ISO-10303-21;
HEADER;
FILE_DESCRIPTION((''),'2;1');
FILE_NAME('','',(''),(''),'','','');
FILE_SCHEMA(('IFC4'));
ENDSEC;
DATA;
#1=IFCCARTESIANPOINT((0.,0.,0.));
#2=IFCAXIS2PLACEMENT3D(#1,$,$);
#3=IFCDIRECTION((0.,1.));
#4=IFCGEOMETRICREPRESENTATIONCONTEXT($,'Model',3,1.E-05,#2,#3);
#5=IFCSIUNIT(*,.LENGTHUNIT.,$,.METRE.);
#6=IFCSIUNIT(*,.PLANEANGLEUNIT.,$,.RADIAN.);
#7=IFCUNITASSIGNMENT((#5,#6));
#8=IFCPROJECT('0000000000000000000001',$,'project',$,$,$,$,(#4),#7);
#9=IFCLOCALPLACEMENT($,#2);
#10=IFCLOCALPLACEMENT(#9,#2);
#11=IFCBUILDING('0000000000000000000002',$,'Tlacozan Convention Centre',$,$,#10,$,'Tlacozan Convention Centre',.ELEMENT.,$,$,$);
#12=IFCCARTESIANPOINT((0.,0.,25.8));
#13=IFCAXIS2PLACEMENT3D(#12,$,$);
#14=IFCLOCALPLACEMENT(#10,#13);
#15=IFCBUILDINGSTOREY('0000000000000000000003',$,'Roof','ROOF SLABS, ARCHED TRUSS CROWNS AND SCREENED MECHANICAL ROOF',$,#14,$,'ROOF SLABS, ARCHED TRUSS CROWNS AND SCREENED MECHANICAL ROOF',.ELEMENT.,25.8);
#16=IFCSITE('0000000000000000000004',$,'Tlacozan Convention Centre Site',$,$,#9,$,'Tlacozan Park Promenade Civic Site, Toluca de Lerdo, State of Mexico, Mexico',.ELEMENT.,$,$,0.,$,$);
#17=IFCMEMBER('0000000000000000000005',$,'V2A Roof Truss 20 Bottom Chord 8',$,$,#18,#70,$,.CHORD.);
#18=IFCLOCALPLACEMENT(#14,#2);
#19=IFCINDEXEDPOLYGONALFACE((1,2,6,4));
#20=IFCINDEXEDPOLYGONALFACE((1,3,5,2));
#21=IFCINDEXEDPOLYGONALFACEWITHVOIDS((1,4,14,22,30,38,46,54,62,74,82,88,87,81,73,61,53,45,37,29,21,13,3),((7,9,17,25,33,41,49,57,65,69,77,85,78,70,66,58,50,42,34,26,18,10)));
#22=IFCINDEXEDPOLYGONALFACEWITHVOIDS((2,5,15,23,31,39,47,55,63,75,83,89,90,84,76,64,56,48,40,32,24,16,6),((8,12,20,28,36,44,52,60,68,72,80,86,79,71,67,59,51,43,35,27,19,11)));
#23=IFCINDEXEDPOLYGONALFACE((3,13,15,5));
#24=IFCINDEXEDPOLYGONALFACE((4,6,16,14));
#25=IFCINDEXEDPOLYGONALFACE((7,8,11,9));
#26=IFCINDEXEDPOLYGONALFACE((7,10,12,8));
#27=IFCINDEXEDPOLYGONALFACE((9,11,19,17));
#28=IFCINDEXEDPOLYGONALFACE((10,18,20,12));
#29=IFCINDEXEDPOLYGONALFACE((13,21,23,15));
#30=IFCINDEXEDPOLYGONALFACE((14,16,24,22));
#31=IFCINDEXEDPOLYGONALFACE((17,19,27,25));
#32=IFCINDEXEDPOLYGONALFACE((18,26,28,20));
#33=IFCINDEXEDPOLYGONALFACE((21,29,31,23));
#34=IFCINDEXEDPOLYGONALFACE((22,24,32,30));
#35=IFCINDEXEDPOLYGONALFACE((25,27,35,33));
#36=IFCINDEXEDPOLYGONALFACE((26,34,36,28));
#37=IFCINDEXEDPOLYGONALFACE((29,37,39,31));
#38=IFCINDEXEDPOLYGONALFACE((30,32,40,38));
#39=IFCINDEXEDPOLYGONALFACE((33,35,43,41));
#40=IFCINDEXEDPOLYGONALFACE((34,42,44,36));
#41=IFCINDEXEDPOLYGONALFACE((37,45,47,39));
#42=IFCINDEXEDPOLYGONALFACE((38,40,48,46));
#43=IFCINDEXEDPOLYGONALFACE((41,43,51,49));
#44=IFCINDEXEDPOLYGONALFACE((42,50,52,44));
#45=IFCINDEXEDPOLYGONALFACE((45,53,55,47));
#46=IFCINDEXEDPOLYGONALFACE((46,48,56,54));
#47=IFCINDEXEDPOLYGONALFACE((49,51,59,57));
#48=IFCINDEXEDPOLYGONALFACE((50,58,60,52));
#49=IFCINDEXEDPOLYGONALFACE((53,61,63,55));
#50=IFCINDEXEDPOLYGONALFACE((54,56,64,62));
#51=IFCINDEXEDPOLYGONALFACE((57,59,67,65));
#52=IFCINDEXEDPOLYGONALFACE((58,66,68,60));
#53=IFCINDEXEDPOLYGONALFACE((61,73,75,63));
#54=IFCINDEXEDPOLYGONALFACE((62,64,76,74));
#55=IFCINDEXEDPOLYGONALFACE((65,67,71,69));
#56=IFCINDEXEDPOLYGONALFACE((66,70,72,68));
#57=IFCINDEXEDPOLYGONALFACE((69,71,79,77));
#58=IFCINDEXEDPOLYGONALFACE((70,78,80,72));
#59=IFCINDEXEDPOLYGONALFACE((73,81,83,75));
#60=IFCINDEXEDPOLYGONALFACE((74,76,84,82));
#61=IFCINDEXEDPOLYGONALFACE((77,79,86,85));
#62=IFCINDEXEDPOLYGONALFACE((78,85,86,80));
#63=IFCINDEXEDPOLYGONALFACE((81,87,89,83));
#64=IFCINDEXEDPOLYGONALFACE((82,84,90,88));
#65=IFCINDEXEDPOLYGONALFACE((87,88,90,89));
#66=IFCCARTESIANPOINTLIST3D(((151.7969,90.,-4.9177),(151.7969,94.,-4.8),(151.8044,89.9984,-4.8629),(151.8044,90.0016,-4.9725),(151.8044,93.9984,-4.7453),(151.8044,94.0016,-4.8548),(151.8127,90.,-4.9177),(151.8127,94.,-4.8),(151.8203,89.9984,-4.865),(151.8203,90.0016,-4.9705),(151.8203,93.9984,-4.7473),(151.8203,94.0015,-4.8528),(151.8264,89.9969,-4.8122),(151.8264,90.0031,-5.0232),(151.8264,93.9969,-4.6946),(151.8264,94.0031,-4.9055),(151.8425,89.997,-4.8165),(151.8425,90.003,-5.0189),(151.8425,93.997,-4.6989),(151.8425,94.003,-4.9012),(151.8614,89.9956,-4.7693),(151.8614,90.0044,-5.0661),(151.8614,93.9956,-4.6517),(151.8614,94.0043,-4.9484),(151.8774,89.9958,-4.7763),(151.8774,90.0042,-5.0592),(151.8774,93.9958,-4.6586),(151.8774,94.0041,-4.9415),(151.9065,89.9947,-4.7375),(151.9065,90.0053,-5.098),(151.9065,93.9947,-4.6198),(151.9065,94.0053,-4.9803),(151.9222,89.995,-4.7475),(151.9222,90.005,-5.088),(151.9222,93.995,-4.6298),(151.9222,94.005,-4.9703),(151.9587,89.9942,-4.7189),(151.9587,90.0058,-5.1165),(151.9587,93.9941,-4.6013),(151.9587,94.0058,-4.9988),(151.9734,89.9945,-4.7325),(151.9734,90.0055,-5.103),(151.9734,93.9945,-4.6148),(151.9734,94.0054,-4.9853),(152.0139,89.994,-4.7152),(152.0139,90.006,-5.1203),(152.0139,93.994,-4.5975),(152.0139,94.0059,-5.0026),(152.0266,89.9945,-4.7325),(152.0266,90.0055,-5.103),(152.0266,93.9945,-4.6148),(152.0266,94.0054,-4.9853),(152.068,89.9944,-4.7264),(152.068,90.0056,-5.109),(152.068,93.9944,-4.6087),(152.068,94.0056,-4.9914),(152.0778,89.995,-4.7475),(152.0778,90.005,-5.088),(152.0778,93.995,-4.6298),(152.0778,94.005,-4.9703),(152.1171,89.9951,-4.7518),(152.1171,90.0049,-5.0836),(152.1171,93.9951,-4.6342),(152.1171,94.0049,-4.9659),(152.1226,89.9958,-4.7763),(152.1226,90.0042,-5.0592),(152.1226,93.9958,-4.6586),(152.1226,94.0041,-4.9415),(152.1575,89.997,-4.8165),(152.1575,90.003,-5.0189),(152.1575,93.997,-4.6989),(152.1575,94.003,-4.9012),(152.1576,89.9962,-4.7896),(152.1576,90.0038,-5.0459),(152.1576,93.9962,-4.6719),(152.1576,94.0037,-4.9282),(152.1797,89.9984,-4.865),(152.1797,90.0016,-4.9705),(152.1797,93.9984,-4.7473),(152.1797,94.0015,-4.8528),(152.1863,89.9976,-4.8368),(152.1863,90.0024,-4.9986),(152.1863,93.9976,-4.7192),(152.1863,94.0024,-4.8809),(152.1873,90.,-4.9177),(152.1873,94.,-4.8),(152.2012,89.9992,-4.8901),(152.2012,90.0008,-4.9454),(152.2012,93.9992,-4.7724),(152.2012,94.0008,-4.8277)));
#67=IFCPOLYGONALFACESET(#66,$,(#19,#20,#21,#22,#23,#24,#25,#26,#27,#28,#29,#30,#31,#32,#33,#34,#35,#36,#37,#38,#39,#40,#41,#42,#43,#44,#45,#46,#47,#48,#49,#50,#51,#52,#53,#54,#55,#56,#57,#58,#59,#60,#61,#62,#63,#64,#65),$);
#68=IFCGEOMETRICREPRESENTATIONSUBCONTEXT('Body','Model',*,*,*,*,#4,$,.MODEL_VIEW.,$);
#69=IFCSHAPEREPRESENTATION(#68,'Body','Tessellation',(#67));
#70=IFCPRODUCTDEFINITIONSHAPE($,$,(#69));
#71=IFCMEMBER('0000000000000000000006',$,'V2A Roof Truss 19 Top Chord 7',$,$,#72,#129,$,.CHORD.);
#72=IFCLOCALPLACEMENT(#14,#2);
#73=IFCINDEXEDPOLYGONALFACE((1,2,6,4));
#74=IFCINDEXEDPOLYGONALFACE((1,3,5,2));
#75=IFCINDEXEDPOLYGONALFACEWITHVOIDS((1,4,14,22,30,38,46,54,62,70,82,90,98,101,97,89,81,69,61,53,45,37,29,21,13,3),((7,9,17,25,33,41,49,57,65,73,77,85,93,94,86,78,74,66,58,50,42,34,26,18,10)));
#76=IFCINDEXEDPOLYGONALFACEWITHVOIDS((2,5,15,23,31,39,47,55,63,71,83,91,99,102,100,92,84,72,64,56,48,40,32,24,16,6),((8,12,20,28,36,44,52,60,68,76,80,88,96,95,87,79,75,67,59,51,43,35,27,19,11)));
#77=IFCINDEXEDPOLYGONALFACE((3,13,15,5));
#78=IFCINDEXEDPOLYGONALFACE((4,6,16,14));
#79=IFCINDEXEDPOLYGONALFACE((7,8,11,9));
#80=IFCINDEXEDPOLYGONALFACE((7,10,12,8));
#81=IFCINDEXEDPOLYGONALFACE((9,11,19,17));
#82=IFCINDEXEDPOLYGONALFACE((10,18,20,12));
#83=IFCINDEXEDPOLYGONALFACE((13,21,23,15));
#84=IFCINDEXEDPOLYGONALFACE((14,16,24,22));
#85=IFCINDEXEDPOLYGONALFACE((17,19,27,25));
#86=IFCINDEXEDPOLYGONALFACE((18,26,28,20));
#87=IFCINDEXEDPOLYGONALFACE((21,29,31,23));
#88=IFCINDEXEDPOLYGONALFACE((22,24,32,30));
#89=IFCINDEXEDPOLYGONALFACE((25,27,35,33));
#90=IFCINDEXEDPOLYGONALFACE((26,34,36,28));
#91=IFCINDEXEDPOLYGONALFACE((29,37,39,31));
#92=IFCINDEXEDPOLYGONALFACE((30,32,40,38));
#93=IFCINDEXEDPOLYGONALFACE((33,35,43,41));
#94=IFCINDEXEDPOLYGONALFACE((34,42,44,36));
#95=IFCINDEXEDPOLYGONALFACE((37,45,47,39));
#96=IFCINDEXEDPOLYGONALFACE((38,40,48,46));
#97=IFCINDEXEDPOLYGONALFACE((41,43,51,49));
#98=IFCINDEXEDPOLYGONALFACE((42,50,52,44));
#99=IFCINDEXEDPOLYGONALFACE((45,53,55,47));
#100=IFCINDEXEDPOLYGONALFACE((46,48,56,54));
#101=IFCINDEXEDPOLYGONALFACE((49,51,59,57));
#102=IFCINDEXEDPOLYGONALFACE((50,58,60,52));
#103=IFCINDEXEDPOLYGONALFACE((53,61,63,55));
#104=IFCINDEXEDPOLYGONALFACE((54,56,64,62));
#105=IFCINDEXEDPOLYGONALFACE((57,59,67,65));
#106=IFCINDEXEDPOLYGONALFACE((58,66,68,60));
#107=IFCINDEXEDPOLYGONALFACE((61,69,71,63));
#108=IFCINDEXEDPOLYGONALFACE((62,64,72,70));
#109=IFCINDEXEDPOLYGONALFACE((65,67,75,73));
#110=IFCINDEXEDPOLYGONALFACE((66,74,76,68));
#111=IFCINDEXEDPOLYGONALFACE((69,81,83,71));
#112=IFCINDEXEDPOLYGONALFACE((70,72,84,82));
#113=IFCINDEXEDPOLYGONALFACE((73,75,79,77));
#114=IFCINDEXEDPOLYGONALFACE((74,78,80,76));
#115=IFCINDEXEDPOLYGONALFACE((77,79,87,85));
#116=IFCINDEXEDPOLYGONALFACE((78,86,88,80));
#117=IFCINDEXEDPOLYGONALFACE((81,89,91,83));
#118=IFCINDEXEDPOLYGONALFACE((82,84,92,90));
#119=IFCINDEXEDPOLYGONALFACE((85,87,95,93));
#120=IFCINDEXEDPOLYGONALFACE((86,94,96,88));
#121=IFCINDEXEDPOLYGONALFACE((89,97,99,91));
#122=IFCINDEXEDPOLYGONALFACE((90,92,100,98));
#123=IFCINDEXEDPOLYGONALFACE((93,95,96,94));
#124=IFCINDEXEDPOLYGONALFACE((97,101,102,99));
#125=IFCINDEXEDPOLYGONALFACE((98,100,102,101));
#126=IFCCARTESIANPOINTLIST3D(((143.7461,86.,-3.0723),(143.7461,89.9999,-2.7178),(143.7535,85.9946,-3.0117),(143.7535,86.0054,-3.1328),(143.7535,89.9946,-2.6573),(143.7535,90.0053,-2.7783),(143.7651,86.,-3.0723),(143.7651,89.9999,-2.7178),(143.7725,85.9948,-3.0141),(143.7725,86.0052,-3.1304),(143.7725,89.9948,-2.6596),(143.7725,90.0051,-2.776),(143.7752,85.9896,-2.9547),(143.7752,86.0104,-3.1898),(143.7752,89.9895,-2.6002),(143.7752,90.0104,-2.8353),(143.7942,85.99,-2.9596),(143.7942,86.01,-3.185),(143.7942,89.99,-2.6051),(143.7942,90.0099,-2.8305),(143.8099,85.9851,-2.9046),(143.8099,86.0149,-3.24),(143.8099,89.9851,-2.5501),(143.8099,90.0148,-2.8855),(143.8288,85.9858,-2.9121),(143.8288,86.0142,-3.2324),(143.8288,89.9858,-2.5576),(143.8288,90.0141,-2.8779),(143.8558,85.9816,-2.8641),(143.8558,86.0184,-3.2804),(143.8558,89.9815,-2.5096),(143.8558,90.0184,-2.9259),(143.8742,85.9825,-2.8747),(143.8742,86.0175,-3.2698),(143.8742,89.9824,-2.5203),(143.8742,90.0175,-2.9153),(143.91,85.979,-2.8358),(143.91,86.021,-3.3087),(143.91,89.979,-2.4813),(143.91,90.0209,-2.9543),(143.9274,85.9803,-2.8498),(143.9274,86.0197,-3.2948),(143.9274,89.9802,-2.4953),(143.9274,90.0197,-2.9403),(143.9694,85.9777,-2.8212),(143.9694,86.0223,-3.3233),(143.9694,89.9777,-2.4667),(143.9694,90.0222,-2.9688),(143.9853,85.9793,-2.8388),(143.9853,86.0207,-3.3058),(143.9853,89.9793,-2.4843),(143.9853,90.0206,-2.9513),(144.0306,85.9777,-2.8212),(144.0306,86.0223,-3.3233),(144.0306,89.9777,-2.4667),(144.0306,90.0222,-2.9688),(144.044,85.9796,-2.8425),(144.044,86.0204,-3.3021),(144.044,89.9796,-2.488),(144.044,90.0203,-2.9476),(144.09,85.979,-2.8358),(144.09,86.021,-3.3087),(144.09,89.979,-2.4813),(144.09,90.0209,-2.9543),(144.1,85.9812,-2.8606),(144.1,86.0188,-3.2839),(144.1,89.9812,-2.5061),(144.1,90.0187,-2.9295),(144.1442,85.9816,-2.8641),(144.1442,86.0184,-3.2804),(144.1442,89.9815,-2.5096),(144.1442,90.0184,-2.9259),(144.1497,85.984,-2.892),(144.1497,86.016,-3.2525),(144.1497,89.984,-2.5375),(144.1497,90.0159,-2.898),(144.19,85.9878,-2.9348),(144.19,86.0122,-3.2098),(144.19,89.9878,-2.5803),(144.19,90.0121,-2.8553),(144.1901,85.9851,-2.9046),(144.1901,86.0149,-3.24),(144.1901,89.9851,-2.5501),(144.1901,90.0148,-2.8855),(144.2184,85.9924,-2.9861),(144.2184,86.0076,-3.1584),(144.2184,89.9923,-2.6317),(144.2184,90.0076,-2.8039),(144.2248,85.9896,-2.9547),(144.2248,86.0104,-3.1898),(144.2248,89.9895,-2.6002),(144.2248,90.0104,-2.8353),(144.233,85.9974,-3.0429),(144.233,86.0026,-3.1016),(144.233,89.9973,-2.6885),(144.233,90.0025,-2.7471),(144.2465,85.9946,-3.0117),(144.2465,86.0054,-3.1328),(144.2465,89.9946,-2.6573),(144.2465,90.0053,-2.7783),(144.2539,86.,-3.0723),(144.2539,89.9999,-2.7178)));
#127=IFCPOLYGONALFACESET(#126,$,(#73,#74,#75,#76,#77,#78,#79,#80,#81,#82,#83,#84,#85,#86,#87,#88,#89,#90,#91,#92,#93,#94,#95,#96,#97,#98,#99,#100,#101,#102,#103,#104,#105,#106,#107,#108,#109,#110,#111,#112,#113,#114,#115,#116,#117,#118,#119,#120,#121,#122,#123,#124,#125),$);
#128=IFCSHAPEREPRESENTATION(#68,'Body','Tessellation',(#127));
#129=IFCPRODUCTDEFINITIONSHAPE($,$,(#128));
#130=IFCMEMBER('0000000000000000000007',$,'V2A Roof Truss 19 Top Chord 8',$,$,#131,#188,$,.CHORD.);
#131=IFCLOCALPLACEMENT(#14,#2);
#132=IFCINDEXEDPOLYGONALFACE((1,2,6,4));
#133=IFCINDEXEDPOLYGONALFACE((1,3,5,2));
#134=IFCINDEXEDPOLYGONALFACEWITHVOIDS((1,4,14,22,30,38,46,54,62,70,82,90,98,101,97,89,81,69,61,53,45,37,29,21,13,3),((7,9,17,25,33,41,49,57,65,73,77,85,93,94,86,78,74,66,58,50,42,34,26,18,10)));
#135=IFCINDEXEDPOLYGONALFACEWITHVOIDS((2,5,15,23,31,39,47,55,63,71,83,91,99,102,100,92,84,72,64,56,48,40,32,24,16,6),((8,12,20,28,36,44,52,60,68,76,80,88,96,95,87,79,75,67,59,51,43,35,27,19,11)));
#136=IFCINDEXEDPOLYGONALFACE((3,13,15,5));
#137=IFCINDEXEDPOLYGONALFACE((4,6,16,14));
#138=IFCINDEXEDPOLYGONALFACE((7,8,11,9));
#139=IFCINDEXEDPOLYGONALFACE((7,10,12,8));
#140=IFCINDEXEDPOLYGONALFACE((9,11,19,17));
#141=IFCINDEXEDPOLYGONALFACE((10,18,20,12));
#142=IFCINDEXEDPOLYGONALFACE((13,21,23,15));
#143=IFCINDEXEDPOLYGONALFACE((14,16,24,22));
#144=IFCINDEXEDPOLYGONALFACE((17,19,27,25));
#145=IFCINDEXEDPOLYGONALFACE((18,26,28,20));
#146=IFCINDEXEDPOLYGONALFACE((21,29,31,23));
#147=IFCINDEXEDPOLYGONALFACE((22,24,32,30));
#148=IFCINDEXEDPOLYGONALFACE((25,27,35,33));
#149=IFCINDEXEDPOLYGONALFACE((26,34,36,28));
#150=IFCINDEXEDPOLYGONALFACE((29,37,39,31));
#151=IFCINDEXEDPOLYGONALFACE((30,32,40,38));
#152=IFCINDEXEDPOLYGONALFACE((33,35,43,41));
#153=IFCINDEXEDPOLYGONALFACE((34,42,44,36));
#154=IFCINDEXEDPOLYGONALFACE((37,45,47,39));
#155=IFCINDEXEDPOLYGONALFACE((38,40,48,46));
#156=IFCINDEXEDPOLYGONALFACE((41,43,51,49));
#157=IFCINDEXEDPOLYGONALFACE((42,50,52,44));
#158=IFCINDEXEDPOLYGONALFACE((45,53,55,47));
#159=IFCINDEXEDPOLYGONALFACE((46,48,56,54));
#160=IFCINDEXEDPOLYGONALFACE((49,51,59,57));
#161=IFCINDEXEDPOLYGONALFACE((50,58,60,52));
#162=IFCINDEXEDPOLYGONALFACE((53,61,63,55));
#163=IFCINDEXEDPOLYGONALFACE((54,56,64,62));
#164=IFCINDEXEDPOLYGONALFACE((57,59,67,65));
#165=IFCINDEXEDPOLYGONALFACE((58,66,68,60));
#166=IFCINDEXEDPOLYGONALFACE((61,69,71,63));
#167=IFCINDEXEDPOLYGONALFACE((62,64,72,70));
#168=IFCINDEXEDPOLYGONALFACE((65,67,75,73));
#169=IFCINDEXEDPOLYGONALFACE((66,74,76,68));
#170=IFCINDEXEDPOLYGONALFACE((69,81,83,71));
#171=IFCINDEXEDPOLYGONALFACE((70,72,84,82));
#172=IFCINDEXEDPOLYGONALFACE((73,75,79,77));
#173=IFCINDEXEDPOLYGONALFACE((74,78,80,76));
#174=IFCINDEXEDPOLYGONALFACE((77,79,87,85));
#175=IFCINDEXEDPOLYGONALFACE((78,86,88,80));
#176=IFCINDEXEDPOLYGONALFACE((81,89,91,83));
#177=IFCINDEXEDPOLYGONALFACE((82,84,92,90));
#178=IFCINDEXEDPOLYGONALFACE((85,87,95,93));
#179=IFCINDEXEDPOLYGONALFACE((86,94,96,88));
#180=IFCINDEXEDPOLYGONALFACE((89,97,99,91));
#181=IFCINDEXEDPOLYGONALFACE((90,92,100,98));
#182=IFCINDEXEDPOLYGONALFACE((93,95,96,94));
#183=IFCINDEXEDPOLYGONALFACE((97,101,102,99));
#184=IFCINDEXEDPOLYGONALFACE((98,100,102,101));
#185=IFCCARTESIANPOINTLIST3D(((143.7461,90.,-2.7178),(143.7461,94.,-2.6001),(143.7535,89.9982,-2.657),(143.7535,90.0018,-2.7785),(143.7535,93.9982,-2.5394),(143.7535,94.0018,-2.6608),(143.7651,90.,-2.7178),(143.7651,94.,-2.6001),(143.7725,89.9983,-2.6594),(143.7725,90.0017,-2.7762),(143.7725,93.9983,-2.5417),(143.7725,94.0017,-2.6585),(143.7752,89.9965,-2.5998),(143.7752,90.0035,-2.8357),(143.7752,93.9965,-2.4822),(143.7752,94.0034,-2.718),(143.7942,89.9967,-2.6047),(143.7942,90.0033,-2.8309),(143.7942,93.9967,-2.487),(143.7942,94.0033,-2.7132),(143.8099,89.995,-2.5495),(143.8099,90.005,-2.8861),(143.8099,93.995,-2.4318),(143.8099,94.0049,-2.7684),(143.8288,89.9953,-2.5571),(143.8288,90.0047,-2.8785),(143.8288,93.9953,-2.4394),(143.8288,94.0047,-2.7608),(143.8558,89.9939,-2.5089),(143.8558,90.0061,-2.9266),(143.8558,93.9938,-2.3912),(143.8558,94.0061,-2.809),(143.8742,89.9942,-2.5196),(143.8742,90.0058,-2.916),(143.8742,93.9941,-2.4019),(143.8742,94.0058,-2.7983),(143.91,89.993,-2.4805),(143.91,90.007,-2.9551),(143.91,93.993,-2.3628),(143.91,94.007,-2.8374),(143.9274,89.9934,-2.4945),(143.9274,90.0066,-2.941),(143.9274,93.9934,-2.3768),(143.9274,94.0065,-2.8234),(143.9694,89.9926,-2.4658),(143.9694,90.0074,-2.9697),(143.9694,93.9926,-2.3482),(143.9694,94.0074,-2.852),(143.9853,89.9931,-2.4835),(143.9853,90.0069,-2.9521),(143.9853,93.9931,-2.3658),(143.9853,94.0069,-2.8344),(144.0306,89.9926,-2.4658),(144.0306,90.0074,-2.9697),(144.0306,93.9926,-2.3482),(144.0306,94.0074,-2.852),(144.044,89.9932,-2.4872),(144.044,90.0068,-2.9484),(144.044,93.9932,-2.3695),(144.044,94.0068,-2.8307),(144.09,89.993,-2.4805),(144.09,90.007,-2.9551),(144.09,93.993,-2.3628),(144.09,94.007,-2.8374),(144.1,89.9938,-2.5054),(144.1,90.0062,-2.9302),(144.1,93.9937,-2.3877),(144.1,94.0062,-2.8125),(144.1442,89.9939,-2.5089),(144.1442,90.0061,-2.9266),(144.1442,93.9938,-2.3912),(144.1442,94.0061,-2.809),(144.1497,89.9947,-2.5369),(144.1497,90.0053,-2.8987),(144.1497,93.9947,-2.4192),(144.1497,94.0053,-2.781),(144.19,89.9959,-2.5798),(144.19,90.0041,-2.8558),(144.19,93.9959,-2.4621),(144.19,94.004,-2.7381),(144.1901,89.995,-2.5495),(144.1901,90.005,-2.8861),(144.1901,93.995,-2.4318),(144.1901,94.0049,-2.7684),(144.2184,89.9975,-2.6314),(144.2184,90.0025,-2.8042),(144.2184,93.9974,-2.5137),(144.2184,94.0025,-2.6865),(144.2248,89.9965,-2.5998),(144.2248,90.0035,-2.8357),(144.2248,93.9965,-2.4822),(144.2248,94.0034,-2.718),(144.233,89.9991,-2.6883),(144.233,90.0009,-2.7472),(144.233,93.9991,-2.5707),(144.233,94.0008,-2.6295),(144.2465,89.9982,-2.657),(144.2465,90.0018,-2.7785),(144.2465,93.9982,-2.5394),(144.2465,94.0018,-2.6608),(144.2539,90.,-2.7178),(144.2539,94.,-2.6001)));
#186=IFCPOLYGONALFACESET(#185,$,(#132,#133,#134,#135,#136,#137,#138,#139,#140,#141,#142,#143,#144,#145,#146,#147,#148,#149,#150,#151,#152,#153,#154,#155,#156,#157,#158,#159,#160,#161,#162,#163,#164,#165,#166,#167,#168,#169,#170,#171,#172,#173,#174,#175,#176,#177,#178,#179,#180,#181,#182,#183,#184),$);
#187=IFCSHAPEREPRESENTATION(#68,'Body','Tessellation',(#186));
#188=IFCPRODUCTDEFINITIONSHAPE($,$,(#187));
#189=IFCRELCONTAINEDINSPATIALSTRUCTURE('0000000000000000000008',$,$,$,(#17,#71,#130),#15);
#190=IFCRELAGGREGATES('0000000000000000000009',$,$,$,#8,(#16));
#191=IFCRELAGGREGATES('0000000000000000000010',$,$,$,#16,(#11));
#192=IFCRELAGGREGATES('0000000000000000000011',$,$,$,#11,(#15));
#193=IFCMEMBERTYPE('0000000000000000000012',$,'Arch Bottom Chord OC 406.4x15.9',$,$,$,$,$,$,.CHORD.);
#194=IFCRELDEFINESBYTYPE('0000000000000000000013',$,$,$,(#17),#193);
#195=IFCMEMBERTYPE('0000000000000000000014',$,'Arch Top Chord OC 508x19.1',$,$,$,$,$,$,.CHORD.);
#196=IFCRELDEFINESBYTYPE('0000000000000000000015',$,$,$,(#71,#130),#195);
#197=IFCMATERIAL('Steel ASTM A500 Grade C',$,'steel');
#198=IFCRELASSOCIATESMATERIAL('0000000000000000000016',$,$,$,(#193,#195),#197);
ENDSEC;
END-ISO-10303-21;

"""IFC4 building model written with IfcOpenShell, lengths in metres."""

from ifc_helpers import new_model, si_unit, direction, frame, origin, origin_2d, place, context, subcontext, project, spatial, hollow_circle, extrude, material, material_profile, profile_set, type_object, element, save


model = new_model("IFC4")

# Units and contexts
model_context = context("Model", 3, precision=1e-05, world=origin(), true_north=direction((0.0, 1.0)))
body_context = subcontext(model_context, "Body", "Model", "MODEL_VIEW")
ifc_project = project(units=[si_unit("LENGTHUNIT", "METRE"), si_unit("PLANEANGLEUNIT", "RADIAN")], contexts=[model_context])

# Site, building, storey
site_placement = place(None, origin())
site = spatial("IfcSite", under=ifc_project, at=site_placement, Name="Tlacozan Convention Centre Site", LongName="Tlacozan Park Promenade Civic Site, Toluca de Lerdo, State of Mexico, Mexico", CompositionType="ELEMENT", RefElevation=0.0)
building_placement = place(site_placement, origin())
building = spatial("IfcBuilding", under=site, at=building_placement, Name="Tlacozan Convention Centre", LongName="Tlacozan Convention Centre", CompositionType="ELEMENT")
storey_placement = place(building_placement, frame((0.0, 0.0, 25.8)))
storey = spatial("IfcBuildingStorey", under=building, at=storey_placement, Name="Roof", Description="ROOF SLABS, ARCHED TRUSS CROWNS AND SCREENED MECHANICAL ROOF", LongName="ROOF SLABS, ARCHED TRUSS CROWNS AND SCREENED MECHANICAL ROOF", CompositionType="ELEMENT", Elevation=25.8)

# Members
ifc_material_1 = material(Name="Steel ASTM A500 Grade C", Category="steel")
ifc_material_profile_1 = material_profile(ifc_material_1, hollow_circle(Radius=0.2031, WallThickness=0.0159, at=origin_2d()), Name="OC 406.4x15.9")
ifc_profile_set_1 = profile_set([ifc_material_profile_1], Name="Steel ASTM A500 Grade C")
member_type_1 = type_object("IfcMemberType", Name="Arch Bottom Chord OC 406.4x15.9", PredefinedType="CHORD", material=ifc_profile_set_1)
member_1_placement = place(storey_placement, frame((152.0, 90.0, -4.9177), z_axis=(0.0, 0.999568, 0.029406), x_axis=(-1.0, 0.0, 0.0)))
element("IfcMember", 1, at=member_1_placement, inside=storey, type_object=member_type_1, Name="V2A Roof Truss 20 Bottom Chord 8", PredefinedType="CHORD", context=body_context, shape_type="SweptSolid", body=[
    extrude(hollow_circle(Radius=0.2031, WallThickness=0.0159, at=origin_2d()), origin(), (0.0, 0.0, 1.0), 4.0017),
])
ifc_material_profile_2 = material_profile(ifc_material_1, hollow_circle(Radius=0.2539, WallThickness=0.019, at=origin_2d()), Name="OC 508.0x19.1")
ifc_profile_set_2 = profile_set([ifc_material_profile_2], Name="Steel ASTM A500 Grade C")
member_type_2 = type_object("IfcMemberType", Name="Arch Top Chord OC 508x19.1", PredefinedType="CHORD", material=ifc_profile_set_2)
member_2_placement = place(storey_placement, frame((144.0, 86.0, -3.0723), z_axis=(0.0, 0.996096, 0.088277), x_axis=(-1.0, 0.0, 0.0)))
element("IfcMember", 2, at=member_2_placement, inside=storey, type_object=member_type_2, Name="V2A Roof Truss 19 Top Chord 7", PredefinedType="CHORD", context=body_context, shape_type="SweptSolid", body=[
    extrude(hollow_circle(Radius=0.2539, WallThickness=0.019, at=origin_2d()), origin(), (0.0, 0.0, 1.0), 4.0156),
])
member_3_placement = place(storey_placement, frame((144.0, 90.0, -2.7178), z_axis=(0.0, 0.999568, 0.029406), x_axis=(-1.0, 0.0, 0.0)))
element("IfcMember", 3, at=member_3_placement, inside=storey, type_object=member_type_2, Name="V2A Roof Truss 19 Top Chord 8", PredefinedType="CHORD", context=body_context, shape_type="SweptSolid", body=[
    extrude(hollow_circle(Radius=0.2539, WallThickness=0.019, at=origin_2d()), origin(), (0.0, 0.0, 1.0), 4.0017),
])

save(model, "model.ifc")
